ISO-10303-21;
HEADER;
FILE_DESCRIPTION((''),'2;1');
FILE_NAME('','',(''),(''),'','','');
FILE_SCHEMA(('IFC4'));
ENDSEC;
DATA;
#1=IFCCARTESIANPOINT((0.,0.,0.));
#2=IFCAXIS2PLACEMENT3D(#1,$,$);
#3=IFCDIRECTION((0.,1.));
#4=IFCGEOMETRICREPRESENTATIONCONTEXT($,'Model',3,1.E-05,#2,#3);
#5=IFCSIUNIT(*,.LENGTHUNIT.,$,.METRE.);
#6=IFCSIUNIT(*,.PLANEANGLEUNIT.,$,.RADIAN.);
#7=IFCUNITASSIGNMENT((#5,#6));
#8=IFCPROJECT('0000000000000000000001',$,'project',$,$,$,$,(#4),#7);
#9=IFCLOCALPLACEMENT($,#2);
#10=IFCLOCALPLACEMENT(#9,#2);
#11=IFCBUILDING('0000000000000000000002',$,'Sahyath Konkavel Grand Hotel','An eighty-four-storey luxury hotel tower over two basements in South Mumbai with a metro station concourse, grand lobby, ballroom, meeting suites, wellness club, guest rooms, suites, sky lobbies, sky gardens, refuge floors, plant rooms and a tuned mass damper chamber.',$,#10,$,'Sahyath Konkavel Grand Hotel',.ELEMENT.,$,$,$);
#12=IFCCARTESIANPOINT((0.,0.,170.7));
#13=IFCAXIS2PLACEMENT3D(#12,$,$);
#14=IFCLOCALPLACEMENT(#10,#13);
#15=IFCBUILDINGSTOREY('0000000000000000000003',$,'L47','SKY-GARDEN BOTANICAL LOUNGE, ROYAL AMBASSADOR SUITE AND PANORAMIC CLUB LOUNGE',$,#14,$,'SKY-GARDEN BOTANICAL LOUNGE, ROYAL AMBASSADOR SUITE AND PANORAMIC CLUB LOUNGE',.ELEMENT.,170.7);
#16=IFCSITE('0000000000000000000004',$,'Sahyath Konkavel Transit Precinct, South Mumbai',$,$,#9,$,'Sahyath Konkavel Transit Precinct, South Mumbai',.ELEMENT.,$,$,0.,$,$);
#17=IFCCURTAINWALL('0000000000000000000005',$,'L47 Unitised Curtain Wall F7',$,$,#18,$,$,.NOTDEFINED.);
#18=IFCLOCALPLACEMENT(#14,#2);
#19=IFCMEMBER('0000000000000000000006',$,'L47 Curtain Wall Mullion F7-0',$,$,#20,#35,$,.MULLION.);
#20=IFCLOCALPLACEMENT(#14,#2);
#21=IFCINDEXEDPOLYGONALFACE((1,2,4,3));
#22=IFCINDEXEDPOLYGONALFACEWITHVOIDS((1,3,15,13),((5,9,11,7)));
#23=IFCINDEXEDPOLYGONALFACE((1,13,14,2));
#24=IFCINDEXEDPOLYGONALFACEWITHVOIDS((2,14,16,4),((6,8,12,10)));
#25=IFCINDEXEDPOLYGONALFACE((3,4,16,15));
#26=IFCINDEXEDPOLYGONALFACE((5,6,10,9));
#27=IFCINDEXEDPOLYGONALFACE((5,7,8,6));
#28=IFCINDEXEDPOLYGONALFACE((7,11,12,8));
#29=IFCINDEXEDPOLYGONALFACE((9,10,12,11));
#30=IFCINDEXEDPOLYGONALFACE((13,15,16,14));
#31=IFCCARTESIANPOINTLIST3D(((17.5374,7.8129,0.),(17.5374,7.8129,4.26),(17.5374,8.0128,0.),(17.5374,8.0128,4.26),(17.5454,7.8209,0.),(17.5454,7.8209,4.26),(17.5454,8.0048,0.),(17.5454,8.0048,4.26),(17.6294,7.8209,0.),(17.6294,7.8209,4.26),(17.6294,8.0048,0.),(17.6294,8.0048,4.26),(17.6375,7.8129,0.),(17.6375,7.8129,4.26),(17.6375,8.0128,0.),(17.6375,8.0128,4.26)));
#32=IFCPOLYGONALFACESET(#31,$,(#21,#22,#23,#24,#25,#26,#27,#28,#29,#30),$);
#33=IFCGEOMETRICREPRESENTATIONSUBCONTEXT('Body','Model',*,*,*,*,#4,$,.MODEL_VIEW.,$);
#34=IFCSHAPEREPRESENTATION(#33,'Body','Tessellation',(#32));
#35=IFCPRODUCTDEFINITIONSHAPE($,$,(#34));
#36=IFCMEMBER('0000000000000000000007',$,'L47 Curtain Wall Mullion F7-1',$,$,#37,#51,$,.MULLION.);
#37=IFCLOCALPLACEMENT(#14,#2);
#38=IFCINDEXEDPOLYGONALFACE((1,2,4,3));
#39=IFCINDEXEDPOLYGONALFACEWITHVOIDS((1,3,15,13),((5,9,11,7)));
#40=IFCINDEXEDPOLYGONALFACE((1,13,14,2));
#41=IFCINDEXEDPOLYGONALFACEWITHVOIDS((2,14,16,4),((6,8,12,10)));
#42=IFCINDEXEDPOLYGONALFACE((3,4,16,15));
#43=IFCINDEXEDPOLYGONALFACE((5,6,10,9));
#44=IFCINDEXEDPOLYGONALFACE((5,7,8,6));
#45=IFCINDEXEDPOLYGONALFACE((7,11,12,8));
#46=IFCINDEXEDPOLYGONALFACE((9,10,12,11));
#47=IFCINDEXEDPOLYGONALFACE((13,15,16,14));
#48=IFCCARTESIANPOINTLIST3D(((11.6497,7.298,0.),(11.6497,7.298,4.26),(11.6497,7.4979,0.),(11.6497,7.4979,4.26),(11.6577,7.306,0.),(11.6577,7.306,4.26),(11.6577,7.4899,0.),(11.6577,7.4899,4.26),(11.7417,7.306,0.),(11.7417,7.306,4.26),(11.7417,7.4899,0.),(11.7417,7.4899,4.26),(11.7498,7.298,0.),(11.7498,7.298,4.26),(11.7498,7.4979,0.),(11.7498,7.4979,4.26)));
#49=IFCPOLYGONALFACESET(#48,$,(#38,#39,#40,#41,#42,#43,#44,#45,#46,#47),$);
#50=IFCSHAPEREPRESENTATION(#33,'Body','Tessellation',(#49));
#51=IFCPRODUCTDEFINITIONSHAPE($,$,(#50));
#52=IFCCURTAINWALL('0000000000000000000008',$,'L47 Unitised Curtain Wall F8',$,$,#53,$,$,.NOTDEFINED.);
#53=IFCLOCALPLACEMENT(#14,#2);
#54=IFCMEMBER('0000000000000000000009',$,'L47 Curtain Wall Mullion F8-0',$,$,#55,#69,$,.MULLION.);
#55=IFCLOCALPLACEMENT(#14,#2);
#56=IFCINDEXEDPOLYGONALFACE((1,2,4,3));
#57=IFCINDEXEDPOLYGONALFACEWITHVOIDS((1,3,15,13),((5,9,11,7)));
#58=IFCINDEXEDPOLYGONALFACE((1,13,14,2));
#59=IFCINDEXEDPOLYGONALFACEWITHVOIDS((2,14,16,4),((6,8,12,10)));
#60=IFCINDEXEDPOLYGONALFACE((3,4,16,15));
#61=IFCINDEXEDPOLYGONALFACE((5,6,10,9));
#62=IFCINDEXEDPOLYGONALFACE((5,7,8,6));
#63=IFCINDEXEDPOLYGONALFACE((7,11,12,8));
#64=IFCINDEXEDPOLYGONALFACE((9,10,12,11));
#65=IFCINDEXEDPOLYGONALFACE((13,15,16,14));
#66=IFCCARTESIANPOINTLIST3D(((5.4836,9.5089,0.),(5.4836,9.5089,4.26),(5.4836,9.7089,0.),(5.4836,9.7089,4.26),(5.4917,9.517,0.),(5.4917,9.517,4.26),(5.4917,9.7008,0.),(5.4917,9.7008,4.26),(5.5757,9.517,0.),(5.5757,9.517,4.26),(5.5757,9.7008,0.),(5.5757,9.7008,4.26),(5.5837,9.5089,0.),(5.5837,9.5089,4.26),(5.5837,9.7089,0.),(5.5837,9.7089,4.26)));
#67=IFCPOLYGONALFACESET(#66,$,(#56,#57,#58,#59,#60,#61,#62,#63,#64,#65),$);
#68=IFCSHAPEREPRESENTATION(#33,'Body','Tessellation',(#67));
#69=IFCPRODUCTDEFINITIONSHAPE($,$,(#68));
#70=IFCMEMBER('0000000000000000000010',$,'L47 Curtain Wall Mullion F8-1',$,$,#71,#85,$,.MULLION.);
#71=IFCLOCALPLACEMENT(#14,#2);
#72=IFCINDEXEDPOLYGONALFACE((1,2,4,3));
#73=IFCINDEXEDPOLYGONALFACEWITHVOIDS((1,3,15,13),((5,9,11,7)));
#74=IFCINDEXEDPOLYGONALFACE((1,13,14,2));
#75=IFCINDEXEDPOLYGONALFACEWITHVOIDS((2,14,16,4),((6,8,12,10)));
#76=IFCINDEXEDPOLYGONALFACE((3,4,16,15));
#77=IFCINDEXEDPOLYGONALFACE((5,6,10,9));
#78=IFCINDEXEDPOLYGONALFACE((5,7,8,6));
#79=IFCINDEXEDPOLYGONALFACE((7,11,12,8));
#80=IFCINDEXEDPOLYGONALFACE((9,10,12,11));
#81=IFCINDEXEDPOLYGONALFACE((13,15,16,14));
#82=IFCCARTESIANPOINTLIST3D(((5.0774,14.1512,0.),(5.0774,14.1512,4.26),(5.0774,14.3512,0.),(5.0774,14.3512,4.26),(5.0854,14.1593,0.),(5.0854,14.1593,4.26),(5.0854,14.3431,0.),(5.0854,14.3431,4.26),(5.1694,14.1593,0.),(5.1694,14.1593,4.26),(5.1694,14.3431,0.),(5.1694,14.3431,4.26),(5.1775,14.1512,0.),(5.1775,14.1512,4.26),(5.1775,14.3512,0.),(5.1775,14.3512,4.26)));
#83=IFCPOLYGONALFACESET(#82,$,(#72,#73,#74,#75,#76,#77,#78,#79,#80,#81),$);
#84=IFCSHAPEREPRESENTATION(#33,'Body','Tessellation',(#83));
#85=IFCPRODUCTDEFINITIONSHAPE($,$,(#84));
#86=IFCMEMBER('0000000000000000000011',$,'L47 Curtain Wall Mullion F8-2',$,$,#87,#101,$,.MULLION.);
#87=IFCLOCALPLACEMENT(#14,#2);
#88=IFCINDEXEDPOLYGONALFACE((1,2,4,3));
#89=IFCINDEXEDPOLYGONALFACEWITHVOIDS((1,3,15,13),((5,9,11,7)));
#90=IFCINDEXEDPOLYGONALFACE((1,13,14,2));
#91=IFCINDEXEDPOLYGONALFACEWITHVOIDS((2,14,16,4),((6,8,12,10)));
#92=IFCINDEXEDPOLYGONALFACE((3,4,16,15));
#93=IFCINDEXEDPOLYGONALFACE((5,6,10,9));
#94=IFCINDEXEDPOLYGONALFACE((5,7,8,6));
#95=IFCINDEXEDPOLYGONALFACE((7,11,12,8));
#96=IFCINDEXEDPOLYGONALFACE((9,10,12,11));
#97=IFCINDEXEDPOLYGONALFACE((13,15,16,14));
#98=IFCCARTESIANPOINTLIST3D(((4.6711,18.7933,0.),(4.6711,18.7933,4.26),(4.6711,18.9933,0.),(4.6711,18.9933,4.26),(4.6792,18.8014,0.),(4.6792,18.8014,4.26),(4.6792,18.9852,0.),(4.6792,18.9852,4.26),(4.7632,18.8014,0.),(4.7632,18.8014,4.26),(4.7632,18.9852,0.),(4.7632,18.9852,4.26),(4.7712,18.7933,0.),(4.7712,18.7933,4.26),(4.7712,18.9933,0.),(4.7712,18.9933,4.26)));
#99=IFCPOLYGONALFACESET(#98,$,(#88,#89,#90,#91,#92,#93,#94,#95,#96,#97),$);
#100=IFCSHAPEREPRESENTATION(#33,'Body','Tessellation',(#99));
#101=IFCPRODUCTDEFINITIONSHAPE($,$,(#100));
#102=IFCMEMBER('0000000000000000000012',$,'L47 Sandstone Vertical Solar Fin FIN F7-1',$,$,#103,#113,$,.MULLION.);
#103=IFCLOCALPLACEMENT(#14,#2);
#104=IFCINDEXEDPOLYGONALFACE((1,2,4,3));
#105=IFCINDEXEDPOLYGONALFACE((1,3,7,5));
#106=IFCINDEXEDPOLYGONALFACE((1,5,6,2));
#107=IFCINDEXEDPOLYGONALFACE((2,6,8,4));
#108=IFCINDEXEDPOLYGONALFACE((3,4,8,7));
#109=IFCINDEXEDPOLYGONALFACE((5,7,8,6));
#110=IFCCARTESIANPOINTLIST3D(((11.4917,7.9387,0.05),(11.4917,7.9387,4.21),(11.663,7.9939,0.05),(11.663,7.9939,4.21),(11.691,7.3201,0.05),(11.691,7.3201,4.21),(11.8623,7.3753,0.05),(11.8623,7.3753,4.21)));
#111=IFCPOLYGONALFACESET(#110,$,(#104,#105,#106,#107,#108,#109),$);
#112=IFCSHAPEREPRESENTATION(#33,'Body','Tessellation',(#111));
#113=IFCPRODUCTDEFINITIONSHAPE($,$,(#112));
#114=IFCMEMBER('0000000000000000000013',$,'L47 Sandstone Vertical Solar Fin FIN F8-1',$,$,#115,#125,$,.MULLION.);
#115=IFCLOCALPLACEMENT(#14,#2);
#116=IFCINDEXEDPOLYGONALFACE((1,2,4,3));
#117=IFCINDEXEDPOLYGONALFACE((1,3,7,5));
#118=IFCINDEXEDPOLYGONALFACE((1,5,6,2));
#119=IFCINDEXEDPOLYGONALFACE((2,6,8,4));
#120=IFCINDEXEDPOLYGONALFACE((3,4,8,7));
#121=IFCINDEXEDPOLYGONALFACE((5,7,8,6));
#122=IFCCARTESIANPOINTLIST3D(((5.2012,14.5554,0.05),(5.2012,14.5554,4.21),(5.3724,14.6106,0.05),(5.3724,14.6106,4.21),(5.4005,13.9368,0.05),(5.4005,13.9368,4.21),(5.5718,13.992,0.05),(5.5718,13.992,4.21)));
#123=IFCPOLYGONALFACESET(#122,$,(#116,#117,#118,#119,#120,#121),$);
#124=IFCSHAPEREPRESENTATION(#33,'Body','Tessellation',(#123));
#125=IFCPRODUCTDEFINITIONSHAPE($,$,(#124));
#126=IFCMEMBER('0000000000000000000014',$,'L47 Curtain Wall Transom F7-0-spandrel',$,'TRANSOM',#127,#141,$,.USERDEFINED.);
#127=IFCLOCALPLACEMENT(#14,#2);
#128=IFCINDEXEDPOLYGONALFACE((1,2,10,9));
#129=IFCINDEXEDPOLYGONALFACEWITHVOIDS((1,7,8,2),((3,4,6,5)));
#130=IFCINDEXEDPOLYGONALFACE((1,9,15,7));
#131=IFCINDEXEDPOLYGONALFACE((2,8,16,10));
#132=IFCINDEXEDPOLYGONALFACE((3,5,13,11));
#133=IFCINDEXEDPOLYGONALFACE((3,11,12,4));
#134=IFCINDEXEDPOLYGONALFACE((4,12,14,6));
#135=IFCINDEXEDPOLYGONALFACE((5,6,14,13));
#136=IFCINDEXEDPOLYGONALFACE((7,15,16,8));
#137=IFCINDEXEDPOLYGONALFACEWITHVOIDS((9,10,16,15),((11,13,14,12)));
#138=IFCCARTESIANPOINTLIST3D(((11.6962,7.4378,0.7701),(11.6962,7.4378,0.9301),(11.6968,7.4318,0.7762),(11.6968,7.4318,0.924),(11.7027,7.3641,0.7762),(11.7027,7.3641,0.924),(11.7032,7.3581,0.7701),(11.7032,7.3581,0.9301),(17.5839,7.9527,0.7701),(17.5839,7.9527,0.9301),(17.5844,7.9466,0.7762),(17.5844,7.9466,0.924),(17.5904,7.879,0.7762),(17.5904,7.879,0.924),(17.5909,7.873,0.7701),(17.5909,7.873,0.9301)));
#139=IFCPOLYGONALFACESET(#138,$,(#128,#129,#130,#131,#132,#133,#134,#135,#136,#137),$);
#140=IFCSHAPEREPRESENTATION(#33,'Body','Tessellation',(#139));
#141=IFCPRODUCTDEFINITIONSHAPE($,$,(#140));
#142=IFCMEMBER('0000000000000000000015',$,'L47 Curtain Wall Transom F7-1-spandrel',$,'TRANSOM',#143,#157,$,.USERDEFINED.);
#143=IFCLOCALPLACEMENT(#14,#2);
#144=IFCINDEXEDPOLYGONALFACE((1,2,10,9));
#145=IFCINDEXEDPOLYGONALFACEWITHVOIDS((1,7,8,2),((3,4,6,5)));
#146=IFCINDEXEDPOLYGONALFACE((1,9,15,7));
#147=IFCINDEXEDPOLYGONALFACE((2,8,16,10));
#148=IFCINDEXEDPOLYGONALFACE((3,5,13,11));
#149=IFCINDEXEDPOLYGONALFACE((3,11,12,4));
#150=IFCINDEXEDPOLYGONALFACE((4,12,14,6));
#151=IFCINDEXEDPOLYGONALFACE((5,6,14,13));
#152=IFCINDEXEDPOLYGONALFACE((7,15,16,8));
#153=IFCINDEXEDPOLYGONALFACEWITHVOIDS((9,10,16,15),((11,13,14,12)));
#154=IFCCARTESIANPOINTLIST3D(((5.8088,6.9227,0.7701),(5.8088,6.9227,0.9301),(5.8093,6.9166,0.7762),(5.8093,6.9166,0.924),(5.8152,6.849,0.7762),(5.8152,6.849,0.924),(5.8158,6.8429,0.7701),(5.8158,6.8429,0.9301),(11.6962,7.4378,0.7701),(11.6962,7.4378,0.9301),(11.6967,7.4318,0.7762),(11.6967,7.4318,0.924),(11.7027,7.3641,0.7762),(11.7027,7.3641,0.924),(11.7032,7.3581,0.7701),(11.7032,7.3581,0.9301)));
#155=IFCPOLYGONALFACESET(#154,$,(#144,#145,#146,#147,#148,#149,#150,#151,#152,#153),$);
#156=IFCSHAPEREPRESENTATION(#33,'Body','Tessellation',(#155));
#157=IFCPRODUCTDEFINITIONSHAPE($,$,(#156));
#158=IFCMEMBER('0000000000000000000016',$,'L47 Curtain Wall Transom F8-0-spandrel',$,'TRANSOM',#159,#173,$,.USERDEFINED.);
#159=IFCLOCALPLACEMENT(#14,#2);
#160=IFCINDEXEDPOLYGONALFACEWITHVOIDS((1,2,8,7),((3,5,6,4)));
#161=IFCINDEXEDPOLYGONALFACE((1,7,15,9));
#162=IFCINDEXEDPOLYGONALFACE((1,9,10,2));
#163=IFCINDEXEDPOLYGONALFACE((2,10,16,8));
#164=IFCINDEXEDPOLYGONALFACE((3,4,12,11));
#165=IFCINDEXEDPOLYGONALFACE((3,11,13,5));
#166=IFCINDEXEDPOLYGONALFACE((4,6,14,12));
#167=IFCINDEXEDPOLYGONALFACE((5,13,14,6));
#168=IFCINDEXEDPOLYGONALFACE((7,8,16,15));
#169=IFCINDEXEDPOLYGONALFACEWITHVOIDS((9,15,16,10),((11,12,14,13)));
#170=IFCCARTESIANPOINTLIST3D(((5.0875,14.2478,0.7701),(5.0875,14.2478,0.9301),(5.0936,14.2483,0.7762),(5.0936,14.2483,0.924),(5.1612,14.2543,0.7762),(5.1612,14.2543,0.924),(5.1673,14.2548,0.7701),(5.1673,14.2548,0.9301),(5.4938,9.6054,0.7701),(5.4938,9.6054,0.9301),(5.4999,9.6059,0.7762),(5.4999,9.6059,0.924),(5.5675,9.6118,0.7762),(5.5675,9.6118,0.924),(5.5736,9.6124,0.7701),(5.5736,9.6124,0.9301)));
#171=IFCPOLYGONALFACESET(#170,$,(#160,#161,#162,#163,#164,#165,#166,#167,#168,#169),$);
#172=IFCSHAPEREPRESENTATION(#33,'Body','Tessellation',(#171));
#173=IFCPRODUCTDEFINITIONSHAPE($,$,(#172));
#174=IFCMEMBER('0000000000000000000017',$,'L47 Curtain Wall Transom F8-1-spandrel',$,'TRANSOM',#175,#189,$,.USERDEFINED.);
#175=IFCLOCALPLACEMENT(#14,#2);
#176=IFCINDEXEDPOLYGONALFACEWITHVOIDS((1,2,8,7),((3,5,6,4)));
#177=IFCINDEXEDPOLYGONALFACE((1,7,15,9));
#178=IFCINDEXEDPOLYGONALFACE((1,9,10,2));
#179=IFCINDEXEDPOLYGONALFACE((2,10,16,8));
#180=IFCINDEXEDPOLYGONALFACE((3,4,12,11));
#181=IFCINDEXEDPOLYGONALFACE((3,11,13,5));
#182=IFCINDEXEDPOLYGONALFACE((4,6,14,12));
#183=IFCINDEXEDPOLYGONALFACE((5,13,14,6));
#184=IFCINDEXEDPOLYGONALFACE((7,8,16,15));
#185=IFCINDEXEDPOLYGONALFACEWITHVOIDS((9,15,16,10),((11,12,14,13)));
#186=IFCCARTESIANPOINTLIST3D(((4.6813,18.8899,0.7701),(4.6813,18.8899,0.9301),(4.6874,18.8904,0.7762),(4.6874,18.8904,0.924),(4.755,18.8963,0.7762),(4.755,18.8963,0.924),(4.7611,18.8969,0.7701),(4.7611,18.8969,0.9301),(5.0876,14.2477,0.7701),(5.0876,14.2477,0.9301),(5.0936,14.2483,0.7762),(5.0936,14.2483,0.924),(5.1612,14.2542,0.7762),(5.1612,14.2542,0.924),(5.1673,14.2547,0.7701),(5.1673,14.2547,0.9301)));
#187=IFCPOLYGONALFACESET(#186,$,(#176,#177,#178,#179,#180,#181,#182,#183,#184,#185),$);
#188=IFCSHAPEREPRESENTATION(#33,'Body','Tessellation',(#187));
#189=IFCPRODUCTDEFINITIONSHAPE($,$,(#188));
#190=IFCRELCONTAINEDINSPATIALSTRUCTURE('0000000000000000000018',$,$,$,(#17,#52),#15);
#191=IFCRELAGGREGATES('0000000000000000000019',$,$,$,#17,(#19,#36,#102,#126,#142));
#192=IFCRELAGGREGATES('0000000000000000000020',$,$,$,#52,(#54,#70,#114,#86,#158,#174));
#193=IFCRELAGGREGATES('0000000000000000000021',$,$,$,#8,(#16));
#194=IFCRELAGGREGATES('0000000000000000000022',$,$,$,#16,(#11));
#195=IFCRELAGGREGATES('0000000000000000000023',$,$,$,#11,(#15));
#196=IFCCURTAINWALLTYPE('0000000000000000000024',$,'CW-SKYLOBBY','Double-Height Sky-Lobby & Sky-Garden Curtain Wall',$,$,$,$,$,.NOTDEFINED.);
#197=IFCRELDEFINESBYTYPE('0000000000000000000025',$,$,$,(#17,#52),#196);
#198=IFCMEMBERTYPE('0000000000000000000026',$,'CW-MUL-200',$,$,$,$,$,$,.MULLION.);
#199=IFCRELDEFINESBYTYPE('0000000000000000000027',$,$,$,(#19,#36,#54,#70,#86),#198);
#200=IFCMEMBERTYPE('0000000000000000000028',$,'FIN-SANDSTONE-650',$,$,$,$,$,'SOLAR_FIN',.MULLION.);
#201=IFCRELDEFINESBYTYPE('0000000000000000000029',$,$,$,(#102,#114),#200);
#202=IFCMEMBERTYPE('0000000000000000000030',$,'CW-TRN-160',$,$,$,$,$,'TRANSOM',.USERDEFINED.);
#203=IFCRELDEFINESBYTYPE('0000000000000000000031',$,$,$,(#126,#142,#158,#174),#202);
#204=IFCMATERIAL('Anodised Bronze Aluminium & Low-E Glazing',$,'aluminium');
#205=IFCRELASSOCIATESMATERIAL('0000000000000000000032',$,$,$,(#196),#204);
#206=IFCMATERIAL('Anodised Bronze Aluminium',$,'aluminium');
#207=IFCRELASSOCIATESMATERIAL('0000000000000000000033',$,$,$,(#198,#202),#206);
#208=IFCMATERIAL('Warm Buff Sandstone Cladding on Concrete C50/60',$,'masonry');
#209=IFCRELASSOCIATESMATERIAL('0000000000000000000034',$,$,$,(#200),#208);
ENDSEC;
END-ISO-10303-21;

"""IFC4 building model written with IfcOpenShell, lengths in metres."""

from ifc_helpers import new_model, si_unit, direction, frame, origin, origin_2d, place, context, subcontext, project, spatial, rectangle, hollow_rectangle, extrude, source, transform, mapped, material, material_profile, profile_set, type_object, element, aggregate, save


model = new_model("IFC4")

# Units and contexts
model_context = context("Model", 3, precision=1e-05, world=origin(), true_north=direction((0.0, 1.0)))
body_context = subcontext(model_context, "Body", "Model", "MODEL_VIEW")
ifc_project = project(units=[si_unit("LENGTHUNIT", "METRE"), si_unit("PLANEANGLEUNIT", "RADIAN")], contexts=[model_context])

# Site, building, storey
site_placement = place(None, origin())
site = spatial("IfcSite", under=ifc_project, at=site_placement, Name="Sahyath Konkavel Transit Precinct, South Mumbai", LongName="Sahyath Konkavel Transit Precinct, South Mumbai", CompositionType="ELEMENT", RefElevation=0.0)
building_placement = place(site_placement, origin())
building = spatial("IfcBuilding", under=site, at=building_placement, Name="Sahyath Konkavel Grand Hotel", Description="An eighty-four-storey luxury hotel tower over two basements in South Mumbai with a metro station concourse, grand lobby, ballroom, meeting suites, wellness club, guest rooms, suites, sky lobbies, sky gardens, refuge floors, plant rooms and a tuned mass damper chamber.", LongName="Sahyath Konkavel Grand Hotel", CompositionType="ELEMENT")
storey_placement = place(building_placement, frame((0.0, 0.0, 170.7)))
storey = spatial("IfcBuildingStorey", under=building, at=storey_placement, Name="L47", Description="SKY-GARDEN BOTANICAL LOUNGE, ROYAL AMBASSADOR SUITE AND PANORAMIC CLUB LOUNGE", LongName="SKY-GARDEN BOTANICAL LOUNGE, ROYAL AMBASSADOR SUITE AND PANORAMIC CLUB LOUNGE", CompositionType="ELEMENT", Elevation=170.7)

# Curtain walls, members
ifc_material_1 = material(Name="Anodised Bronze Aluminium & Low-E Glazing", Category="aluminium")
curtain_wall_type = type_object("IfcCurtainWallType", Name="CW-SKYLOBBY", Description="Double-Height Sky-Lobby & Sky-Garden Curtain Wall", PredefinedType="NOTDEFINED", material=ifc_material_1)
curtain_wall_1_placement = place(storey_placement, origin())
curtain_wall_1 = element("IfcCurtainWall", 1, at=curtain_wall_1_placement, inside=storey, type_object=curtain_wall_type, Name="L47 Unitised Curtain Wall F7", PredefinedType="NOTDEFINED")
ifc_material_2 = material(Name="Anodised Bronze Aluminium", Category="aluminium")
ifc_material_profile_1 = material_profile(ifc_material_2, hollow_rectangle(XDim=0.1001, YDim=0.2, WallThickness=0.0081, at=origin_2d()), Name="RHS 200x100x8")
ifc_profile_set_1 = profile_set([ifc_material_profile_1], Name="Anodised Bronze Aluminium")
member_type_1 = type_object("IfcMemberType", Name="CW-MUL-200", PredefinedType="MULLION", material=ifc_profile_set_1)
shared_shape_1 = source(origin(), body_context, "Body", "SweptSolid", [
    extrude(hollow_rectangle(XDim=0.1001, YDim=0.2, WallThickness=0.0081, at=origin_2d()), origin(), (0.0, 0.0, 1.0), 4.26),
])
member_1_placement = place(storey_placement, frame((17.5874, 7.9128, 0.0), z_axis=(0.0, 0.0, 1.0), x_axis=(1.0, 0.0, 0.0)))
member_1 = element("IfcMember", 2, at=member_1_placement, type_object=member_type_1, Name="L47 Curtain Wall Mullion F7-0", PredefinedType="MULLION", context=body_context, shape_type="MappedRepresentation", body=[
    mapped(shared_shape_1, transform((0.0, 0.0, 0.0), scale=1.0)),
])
member_2_placement = place(storey_placement, frame((11.6997, 7.3979, 0.0), z_axis=(0.0, 0.0, 1.0), x_axis=(1.0, 0.0, 0.0)))
member_2 = element("IfcMember", 3, at=member_2_placement, type_object=member_type_1, Name="L47 Curtain Wall Mullion F7-1", PredefinedType="MULLION", context=body_context, shape_type="MappedRepresentation", body=[
    mapped(shared_shape_1, transform((0.0, 0.0, 0.0), scale=1.0)),
])
curtain_wall_2_placement = place(storey_placement, origin())
curtain_wall_2 = element("IfcCurtainWall", 4, at=curtain_wall_2_placement, inside=storey, type_object=curtain_wall_type, Name="L47 Unitised Curtain Wall F8", PredefinedType="NOTDEFINED")
member_3_placement = place(storey_placement, frame((5.5337, 9.6089, 0.0), z_axis=(0.0, 0.0, 1.0), x_axis=(1.0, 0.0, 0.0)))
member_3 = element("IfcMember", 5, at=member_3_placement, type_object=member_type_1, Name="L47 Curtain Wall Mullion F8-0", PredefinedType="MULLION", context=body_context, shape_type="MappedRepresentation", body=[
    mapped(shared_shape_1, transform((0.0, 0.0, 0.0), scale=1.0)),
])
member_4_placement = place(storey_placement, frame((5.1274, 14.2512, 0.0), z_axis=(0.0, 0.0, 1.0), x_axis=(1.0, 0.0, 0.0)))
member_4 = element("IfcMember", 6, at=member_4_placement, type_object=member_type_1, Name="L47 Curtain Wall Mullion F8-1", PredefinedType="MULLION", context=body_context, shape_type="MappedRepresentation", body=[
    mapped(shared_shape_1, transform((0.0, 0.0, 0.0), scale=1.0)),
])
member_5_placement = place(storey_placement, frame((4.7212, 18.8933, 0.0), z_axis=(0.0, 0.0, 1.0), x_axis=(1.0, 0.0, 0.0)))
member_5 = element("IfcMember", 7, at=member_5_placement, type_object=member_type_1, Name="L47 Curtain Wall Mullion F8-2", PredefinedType="MULLION", context=body_context, shape_type="MappedRepresentation", body=[
    mapped(shared_shape_1, transform((0.0, 0.0, 0.0), scale=1.0)),
])

# Members
ifc_material_3 = material(Name="Warm Buff Sandstone Cladding on Concrete C50/60", Category="masonry")
ifc_material_profile_2 = material_profile(ifc_material_3, rectangle(XDim=0.1799, YDim=0.6499, at=origin_2d()), Name="FIN 180x650")
ifc_profile_set_2 = profile_set([ifc_material_profile_2], Name="Warm Buff Sandstone Cladding on Concrete C50/60")
member_type_2 = type_object("IfcMemberType", Name="FIN-SANDSTONE-650", ElementType="SOLAR_FIN", PredefinedType="MULLION", material=ifc_profile_set_2)
shared_shape_2 = source(origin(), body_context, "Body", "SweptSolid", [
    extrude(rectangle(XDim=0.1799, YDim=0.6499, at=origin_2d()), origin(), (0.0, 0.0, 1.0), 4.1599),
])
member_6_placement = place(storey_placement, frame((11.677, 7.657, 0.05), z_axis=(0.0, 0.0, 1.0), x_axis=(0.951809, 0.306692, 0.0)))
member_6 = element("IfcMember", 8, at=member_6_placement, type_object=member_type_2, Name="L47 Sandstone Vertical Solar Fin FIN F7-1", PredefinedType="MULLION", context=body_context, shape_type="MappedRepresentation", body=[
    mapped(shared_shape_2, transform((0.0, 0.0, 0.0), scale=1.0)),
])
member_7_placement = place(storey_placement, frame((5.3865, 14.2737, 0.05), z_axis=(0.0, 0.0, 1.0), x_axis=(0.951809, 0.306692, 0.0)))
member_7 = element("IfcMember", 9, at=member_7_placement, type_object=member_type_2, Name="L47 Sandstone Vertical Solar Fin FIN F8-1", PredefinedType="MULLION", context=body_context, shape_type="MappedRepresentation", body=[
    mapped(shared_shape_2, transform((0.0, 0.0, 0.0), scale=1.0)),
])
ifc_material_profile_3 = material_profile(ifc_material_2, hollow_rectangle(XDim=0.0801, YDim=0.1599, WallThickness=0.0061, at=origin_2d()), Name="RHS 160x80x6")
ifc_profile_set_3 = profile_set([ifc_material_profile_3], Name="Anodised Bronze Aluminium")
member_type_3 = type_object("IfcMemberType", Name="CW-TRN-160", ElementType="TRANSOM", PredefinedType="USERDEFINED", material=ifc_profile_set_3)
shared_shape_3 = source(origin(), body_context, "Body", "SweptSolid", [
    extrude(hollow_rectangle(XDim=0.0801, YDim=0.1599, WallThickness=0.0061, at=origin_2d()), origin(), (0.0, 0.0, 1.0), 5.9102),
])
member_8_placement = place(storey_placement, frame((17.5874, 7.9128, 0.8501), z_axis=(-0.996198, -0.08712, 0.0), x_axis=(0.08712, -0.996198, 0.0)))
member_8 = element("IfcMember", 10, at=member_8_placement, type_object=member_type_3, Name="L47 Curtain Wall Transom F7-0-spandrel", ObjectType="TRANSOM", PredefinedType="USERDEFINED", context=body_context, shape_type="MappedRepresentation", body=[
    mapped(shared_shape_3, transform((0.0, 0.0, 0.0), scale=1.0)),
])
shared_shape_4 = source(origin(), body_context, "Body", "SweptSolid", [
    extrude(hollow_rectangle(XDim=0.0801, YDim=0.1599, WallThickness=0.0061, at=origin_2d()), origin(), (0.0, 0.0, 1.0), 5.9099),
])
member_9_placement = place(storey_placement, frame((11.6997, 7.3979, 0.8501), z_axis=(-0.996194, -0.087164, 0.0), x_axis=(0.087164, -0.996194, 0.0)))
member_9 = element("IfcMember", 11, at=member_9_placement, type_object=member_type_3, Name="L47 Curtain Wall Transom F7-1-spandrel", ObjectType="TRANSOM", PredefinedType="USERDEFINED", context=body_context, shape_type="MappedRepresentation", body=[
    mapped(shared_shape_4, transform((0.0, 0.0, 0.0), scale=1.0)),
])
shared_shape_5 = source(origin(), body_context, "Body", "SweptSolid", [
    extrude(hollow_rectangle(XDim=0.0801, YDim=0.1599, WallThickness=0.0061, at=origin_2d()), origin(), (0.0, 0.0, 1.0), 4.6602),
])
member_10_placement = place(storey_placement, frame((5.5337, 9.6089, 0.8501), z_axis=(-0.087177, 0.996193, 0.0), x_axis=(-0.996193, -0.087177, 0.0)))
member_10 = element("IfcMember", 12, at=member_10_placement, type_object=member_type_3, Name="L47 Curtain Wall Transom F8-0-spandrel", ObjectType="TRANSOM", PredefinedType="USERDEFINED", context=body_context, shape_type="MappedRepresentation", body=[
    mapped(shared_shape_5, transform((0.0, 0.0, 0.0), scale=1.0)),
])
shared_shape_6 = source(origin(), body_context, "Body", "SweptSolid", [
    extrude(hollow_rectangle(XDim=0.0801, YDim=0.1599, WallThickness=0.0061, at=origin_2d()), origin(), (0.0, 0.0, 1.0), 4.6599),
])
member_11_placement = place(storey_placement, frame((5.1274, 14.2512, 0.8501), z_axis=(-0.087181, 0.996192, 0.0), x_axis=(-0.996192, -0.087181, 0.0)))
member_11 = element("IfcMember", 13, at=member_11_placement, type_object=member_type_3, Name="L47 Curtain Wall Transom F8-1-spandrel", ObjectType="TRANSOM", PredefinedType="USERDEFINED", context=body_context, shape_type="MappedRepresentation", body=[
    mapped(shared_shape_6, transform((0.0, 0.0, 0.0), scale=1.0)),
])

aggregate(curtain_wall_1, [member_1, member_2, member_6, member_8, member_9])
aggregate(curtain_wall_2, [member_3, member_4, member_7, member_5, member_10, member_11])

save(model, "model.ifc")
